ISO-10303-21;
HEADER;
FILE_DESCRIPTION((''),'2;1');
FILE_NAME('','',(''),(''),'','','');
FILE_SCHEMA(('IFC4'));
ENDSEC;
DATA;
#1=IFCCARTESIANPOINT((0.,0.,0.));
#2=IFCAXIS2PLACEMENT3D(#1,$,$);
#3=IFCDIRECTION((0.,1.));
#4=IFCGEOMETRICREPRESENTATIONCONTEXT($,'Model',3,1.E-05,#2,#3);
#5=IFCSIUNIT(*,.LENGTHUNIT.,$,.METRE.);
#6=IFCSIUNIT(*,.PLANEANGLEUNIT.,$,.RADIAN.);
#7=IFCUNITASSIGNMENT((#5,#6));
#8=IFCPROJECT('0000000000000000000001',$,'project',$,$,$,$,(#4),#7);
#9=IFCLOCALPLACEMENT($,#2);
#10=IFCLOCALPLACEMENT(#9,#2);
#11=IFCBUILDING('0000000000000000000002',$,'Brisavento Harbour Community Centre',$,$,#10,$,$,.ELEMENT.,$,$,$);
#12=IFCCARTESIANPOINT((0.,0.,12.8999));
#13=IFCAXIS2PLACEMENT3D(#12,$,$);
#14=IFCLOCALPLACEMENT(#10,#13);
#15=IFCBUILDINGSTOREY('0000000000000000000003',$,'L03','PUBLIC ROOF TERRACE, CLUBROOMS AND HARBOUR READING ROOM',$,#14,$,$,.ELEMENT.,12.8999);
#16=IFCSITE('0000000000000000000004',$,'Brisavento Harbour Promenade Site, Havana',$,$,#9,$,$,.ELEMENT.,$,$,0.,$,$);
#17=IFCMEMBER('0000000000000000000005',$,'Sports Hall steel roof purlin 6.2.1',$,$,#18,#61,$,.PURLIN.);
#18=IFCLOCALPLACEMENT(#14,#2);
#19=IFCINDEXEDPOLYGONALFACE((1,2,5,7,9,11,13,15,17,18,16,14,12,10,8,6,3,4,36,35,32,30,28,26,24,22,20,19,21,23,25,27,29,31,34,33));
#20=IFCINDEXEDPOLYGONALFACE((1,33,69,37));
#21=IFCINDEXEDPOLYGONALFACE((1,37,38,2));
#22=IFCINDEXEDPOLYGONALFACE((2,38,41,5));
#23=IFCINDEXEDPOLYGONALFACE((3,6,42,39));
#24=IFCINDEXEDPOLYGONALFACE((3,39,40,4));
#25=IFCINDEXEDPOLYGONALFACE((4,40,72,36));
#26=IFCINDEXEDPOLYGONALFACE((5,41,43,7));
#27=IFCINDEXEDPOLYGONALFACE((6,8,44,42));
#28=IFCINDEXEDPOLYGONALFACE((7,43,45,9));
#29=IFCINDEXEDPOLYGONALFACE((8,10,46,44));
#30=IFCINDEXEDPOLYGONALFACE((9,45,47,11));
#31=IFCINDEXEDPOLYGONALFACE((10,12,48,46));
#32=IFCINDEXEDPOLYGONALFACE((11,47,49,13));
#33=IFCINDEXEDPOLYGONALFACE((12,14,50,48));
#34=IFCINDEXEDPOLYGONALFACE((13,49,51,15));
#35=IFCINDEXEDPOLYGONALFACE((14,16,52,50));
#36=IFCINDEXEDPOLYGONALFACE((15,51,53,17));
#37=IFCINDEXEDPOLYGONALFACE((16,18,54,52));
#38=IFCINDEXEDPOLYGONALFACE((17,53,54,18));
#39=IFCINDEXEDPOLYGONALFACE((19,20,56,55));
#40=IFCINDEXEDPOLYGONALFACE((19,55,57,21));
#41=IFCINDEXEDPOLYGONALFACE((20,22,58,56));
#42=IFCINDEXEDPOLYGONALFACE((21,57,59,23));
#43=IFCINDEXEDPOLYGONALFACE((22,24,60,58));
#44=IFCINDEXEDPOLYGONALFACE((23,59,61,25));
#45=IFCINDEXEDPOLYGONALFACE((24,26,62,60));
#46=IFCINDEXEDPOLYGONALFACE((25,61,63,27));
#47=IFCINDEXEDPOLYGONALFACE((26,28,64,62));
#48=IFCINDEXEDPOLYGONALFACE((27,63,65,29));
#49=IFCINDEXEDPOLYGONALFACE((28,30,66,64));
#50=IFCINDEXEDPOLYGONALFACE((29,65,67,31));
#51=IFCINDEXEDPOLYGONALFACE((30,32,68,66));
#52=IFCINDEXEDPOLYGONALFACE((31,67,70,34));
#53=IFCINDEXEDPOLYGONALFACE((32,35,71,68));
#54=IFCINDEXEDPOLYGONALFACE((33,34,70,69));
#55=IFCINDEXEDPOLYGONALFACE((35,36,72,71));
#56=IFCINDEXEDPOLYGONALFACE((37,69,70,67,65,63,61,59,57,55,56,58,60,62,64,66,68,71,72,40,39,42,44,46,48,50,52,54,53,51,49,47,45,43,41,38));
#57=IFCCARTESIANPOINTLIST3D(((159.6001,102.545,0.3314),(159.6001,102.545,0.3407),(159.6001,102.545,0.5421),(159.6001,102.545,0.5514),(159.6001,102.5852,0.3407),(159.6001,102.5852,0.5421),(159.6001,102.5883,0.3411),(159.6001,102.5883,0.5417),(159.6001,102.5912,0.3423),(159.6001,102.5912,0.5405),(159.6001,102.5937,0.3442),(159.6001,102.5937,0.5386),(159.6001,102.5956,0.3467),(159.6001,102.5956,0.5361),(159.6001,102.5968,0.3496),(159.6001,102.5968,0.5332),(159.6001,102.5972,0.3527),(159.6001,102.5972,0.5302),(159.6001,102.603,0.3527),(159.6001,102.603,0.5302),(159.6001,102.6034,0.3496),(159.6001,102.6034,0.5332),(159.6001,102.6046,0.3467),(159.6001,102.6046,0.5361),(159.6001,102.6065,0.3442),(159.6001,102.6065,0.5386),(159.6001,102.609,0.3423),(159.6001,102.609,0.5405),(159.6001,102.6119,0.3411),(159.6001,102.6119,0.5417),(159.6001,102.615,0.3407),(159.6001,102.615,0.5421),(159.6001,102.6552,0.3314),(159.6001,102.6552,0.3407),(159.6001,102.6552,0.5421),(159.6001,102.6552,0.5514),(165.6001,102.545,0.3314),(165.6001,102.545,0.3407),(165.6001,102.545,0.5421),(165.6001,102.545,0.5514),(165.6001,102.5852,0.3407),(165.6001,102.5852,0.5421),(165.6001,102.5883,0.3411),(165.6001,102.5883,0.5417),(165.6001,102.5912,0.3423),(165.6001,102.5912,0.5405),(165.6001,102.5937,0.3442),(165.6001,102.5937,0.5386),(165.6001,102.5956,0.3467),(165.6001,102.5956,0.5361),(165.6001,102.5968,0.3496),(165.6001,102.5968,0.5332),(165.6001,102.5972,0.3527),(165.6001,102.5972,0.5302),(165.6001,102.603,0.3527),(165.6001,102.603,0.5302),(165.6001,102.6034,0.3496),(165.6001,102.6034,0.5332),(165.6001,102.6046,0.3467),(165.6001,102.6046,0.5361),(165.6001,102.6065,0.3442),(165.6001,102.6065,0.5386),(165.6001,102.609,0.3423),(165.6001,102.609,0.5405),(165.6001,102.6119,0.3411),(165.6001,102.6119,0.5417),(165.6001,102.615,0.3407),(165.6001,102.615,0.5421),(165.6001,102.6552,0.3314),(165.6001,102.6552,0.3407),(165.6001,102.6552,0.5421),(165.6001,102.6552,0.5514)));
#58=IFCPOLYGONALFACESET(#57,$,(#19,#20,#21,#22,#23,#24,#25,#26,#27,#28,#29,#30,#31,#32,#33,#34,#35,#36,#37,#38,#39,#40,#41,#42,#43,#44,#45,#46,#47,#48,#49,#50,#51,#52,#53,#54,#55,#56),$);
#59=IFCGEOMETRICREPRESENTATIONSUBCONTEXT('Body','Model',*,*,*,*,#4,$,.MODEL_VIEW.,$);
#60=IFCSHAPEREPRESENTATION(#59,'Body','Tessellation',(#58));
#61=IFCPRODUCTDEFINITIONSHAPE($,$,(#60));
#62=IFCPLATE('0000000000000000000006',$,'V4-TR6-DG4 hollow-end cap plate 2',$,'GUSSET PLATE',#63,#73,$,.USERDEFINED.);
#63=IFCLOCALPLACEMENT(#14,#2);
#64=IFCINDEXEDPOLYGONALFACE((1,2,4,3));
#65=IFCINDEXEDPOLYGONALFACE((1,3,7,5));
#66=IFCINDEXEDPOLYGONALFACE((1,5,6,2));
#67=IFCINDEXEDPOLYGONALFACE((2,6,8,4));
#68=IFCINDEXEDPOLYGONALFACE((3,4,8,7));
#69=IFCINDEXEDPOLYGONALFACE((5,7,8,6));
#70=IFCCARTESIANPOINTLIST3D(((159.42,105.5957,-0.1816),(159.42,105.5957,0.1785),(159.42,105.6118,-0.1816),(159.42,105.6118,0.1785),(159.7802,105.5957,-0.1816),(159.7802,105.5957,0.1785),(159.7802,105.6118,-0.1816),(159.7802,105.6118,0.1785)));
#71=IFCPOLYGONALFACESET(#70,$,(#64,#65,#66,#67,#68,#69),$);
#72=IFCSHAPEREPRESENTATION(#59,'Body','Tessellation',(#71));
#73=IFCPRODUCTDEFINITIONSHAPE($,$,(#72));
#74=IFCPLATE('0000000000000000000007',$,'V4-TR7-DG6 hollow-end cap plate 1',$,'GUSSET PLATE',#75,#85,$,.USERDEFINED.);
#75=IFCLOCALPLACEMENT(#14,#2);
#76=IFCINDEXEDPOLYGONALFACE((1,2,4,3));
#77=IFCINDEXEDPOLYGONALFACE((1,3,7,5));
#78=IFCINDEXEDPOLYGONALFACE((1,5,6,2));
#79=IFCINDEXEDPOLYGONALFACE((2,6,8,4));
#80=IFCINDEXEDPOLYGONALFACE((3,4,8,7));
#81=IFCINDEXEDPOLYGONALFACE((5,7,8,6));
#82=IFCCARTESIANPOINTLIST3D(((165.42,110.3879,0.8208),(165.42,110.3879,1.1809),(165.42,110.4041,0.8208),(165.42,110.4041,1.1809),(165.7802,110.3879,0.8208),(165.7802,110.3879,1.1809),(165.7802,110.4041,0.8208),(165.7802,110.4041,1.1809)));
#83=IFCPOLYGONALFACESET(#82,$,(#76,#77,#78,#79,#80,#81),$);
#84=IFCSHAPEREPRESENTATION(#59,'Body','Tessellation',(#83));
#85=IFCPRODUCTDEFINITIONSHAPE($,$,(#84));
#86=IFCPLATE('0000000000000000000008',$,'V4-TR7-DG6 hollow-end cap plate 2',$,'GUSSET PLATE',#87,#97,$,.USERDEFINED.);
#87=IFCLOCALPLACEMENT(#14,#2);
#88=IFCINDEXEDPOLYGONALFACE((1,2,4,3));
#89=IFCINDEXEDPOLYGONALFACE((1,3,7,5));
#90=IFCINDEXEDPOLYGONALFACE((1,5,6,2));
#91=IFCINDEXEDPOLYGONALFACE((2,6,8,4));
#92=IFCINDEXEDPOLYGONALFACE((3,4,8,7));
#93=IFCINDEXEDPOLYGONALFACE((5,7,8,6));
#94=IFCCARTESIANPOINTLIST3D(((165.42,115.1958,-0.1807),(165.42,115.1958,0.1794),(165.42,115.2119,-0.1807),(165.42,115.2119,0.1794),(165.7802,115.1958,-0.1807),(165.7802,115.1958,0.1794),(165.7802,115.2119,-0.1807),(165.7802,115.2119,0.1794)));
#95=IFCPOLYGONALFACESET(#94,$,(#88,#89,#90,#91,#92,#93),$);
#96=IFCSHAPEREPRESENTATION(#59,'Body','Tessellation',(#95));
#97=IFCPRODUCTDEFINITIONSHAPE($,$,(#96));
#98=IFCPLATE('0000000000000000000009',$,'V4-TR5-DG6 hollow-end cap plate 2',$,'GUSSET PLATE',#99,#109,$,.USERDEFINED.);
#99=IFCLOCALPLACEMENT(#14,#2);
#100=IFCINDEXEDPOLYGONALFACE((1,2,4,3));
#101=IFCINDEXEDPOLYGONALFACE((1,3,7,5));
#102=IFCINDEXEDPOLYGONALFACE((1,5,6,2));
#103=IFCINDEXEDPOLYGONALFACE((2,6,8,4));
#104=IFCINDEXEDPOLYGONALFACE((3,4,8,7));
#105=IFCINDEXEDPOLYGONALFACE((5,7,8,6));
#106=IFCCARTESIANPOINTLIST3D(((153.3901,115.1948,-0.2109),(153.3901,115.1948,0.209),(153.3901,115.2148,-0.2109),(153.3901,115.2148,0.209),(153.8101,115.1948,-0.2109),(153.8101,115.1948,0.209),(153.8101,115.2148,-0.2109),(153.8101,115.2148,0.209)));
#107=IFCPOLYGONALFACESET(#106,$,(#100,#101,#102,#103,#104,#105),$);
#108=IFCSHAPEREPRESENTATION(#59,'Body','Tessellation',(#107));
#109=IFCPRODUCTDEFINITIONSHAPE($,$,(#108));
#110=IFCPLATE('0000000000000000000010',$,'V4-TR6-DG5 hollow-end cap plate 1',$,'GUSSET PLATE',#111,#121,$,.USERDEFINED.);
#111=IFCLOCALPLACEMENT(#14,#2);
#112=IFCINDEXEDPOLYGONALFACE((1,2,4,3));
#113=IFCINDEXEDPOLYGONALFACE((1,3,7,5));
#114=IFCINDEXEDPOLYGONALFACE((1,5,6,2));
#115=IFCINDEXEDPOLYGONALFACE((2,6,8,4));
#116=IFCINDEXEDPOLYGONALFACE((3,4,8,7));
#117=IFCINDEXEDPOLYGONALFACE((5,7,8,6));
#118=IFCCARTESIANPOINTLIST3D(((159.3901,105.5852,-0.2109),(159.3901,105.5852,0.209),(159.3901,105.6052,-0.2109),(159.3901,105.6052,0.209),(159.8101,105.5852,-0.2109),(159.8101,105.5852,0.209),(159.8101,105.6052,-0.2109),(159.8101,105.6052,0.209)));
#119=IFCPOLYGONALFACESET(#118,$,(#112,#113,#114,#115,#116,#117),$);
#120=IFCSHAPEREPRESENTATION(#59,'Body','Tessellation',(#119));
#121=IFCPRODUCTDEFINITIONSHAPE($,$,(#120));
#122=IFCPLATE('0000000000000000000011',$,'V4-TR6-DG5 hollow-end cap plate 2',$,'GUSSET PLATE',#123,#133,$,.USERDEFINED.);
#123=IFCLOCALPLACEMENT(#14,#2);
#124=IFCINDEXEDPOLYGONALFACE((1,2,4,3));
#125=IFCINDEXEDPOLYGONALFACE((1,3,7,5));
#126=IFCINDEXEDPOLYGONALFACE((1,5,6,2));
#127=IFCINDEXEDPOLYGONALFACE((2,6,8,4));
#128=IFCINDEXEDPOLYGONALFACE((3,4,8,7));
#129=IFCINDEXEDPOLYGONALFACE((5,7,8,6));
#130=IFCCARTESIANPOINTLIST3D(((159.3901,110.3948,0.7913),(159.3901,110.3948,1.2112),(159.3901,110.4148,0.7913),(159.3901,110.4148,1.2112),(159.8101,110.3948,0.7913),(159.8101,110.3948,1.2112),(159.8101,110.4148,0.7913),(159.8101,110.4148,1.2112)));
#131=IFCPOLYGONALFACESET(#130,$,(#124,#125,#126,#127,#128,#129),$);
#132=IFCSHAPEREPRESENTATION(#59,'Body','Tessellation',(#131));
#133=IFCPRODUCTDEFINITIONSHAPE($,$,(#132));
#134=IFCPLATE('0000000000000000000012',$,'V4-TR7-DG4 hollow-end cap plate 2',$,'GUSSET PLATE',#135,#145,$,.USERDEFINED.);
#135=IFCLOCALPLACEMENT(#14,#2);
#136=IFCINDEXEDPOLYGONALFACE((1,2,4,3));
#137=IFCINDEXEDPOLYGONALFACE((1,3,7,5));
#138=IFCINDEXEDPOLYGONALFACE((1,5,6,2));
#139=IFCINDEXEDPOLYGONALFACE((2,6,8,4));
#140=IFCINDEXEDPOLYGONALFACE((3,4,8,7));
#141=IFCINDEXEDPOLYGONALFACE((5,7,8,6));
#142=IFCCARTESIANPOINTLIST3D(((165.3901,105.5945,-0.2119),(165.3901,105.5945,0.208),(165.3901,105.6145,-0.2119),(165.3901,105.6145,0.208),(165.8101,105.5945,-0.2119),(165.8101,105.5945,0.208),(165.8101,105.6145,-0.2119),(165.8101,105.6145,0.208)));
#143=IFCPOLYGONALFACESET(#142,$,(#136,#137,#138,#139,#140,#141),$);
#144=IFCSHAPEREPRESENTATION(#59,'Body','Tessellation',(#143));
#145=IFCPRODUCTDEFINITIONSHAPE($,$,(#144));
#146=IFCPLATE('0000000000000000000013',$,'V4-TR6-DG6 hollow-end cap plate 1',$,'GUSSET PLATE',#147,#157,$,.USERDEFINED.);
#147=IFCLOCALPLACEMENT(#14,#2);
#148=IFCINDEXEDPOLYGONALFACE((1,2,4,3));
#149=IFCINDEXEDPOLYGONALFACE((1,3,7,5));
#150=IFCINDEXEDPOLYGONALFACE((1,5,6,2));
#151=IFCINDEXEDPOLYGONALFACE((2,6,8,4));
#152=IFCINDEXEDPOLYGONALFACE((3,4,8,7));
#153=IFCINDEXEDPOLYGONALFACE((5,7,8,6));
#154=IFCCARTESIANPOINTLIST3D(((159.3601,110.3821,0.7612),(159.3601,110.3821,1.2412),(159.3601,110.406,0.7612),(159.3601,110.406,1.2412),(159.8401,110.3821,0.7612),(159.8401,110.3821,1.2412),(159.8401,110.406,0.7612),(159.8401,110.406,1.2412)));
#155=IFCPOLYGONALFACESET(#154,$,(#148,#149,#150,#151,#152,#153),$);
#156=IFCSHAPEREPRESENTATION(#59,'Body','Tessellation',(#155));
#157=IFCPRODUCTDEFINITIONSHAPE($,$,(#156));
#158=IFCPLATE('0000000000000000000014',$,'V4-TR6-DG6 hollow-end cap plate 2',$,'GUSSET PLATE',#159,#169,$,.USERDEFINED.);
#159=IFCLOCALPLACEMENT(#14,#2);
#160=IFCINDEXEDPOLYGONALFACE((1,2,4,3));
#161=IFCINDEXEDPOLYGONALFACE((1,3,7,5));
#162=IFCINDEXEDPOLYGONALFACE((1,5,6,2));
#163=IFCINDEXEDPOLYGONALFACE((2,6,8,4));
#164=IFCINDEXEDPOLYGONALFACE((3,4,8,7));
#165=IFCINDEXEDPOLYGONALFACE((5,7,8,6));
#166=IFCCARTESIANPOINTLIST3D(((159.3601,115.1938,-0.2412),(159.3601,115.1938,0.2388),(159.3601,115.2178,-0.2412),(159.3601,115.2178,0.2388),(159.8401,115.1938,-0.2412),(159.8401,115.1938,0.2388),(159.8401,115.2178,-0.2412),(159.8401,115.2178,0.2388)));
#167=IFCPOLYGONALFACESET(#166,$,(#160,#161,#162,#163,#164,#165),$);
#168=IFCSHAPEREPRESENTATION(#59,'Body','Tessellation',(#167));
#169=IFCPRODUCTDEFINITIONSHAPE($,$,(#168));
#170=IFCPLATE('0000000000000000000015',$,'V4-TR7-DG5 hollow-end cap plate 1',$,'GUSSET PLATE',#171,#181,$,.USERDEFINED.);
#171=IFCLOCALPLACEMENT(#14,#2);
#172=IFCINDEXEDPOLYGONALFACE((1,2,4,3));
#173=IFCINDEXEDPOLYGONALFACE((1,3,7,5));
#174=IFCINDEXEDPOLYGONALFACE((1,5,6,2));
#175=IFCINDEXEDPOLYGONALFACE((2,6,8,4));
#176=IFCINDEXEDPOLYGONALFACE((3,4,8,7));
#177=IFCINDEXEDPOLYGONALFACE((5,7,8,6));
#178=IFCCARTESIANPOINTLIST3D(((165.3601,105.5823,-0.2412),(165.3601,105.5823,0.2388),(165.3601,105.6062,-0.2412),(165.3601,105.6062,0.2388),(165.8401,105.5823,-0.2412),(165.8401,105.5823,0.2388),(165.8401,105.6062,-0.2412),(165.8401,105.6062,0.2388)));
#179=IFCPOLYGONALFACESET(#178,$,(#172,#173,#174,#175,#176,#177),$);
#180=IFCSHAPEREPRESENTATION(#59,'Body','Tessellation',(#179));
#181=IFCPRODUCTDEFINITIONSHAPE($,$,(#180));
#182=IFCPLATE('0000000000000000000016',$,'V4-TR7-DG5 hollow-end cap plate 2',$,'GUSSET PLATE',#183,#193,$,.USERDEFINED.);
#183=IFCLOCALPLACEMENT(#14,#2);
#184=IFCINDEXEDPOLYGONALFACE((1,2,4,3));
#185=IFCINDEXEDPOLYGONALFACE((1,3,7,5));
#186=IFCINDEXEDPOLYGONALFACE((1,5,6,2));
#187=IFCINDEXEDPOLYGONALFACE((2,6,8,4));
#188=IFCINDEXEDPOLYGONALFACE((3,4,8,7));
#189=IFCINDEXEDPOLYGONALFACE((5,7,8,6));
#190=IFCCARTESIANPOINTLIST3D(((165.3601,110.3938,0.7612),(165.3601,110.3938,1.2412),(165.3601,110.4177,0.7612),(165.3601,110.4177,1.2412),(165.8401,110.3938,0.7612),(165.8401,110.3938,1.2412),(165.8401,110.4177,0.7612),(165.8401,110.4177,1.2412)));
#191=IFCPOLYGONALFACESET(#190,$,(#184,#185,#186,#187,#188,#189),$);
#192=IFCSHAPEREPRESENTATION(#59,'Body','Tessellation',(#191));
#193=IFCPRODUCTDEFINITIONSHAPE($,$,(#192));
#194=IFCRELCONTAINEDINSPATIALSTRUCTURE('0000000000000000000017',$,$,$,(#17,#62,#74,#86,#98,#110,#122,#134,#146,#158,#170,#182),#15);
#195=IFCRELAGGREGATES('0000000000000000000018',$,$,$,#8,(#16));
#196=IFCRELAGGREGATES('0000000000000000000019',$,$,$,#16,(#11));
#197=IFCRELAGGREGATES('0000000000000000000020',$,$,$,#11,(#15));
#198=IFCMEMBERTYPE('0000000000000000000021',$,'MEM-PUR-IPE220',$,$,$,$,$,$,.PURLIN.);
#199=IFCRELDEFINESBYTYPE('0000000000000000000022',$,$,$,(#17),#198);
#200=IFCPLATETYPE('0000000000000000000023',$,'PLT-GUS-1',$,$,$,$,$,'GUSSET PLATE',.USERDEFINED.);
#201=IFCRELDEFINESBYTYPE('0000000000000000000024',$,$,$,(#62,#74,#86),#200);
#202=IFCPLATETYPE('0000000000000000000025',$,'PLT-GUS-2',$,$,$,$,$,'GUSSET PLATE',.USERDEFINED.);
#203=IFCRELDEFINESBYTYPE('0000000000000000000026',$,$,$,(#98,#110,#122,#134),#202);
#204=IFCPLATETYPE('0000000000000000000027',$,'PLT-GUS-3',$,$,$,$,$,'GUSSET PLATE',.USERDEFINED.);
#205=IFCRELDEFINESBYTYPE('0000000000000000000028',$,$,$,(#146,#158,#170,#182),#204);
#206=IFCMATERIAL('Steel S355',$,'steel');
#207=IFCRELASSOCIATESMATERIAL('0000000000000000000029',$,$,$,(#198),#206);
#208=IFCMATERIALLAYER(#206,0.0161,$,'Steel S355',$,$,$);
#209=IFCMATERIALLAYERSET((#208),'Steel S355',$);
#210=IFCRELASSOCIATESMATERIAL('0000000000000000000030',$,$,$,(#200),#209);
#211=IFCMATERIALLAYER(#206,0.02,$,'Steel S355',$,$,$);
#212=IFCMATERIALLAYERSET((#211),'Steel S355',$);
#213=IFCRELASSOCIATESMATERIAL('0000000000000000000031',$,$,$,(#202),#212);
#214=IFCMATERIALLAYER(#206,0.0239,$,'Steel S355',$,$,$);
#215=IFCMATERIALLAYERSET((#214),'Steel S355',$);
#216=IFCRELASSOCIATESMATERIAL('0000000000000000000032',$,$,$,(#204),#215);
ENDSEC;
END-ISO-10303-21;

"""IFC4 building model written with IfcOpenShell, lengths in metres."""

from ifc_helpers import new_model, si_unit, direction, frame, origin, origin_2d, place, context, subcontext, project, spatial, rectangle, i_section, extrude, material, layer, layer_set, material_profile, profile_set, type_object, element, save


model = new_model("IFC4")

# Units and contexts
model_context = context("Model", 3, precision=1e-05, world=origin(), true_north=direction((0.0, 1.0)))
body_context = subcontext(model_context, "Body", "Model", "MODEL_VIEW")
ifc_project = project(units=[si_unit("LENGTHUNIT", "METRE"), si_unit("PLANEANGLEUNIT", "RADIAN")], contexts=[model_context])

# Site, building, storey
site_placement = place(None, origin())
site = spatial("IfcSite", under=ifc_project, at=site_placement, Name="Brisavento Harbour Promenade Site, Havana", CompositionType="ELEMENT", RefElevation=0.0)
building_placement = place(site_placement, origin())
building = spatial("IfcBuilding", under=site, at=building_placement, Name="Brisavento Harbour Community Centre", CompositionType="ELEMENT")
storey_placement = place(building_placement, frame((0.0, 0.0, 12.8999)))
storey = spatial("IfcBuildingStorey", under=building, at=storey_placement, Name="L03", Description="PUBLIC ROOF TERRACE, CLUBROOMS AND HARBOUR READING ROOM", CompositionType="ELEMENT", Elevation=12.8999)

# Member
ifc_material = material(Name="Steel S355", Category="steel")
ifc_material_profile_1 = material_profile(ifc_material, i_section(OverallWidth=0.1101, OverallDepth=0.22, WebThickness=0.0059, FlangeThickness=0.0093, FilletRadius=0.012, at=origin_2d()), Name="Steel S355")
ifc_profile_set_1 = profile_set([ifc_material_profile_1], Name="Steel S355")
member_type_1 = type_object("IfcMemberType", Name="MEM-PUR-IPE220", PredefinedType="PURLIN", material=ifc_profile_set_1)
member_1_placement = place(storey_placement, frame((159.6001, 102.6001, 0.4414), z_axis=(1.0, 0.0, 0.0), x_axis=(0.0, 1.0, 0.0)))
element("IfcMember", 1, at=member_1_placement, inside=storey, type_object=member_type_1, Name="Sports Hall steel roof purlin 6.2.1", PredefinedType="PURLIN", context=body_context, shape_type="SweptSolid", body=[
    extrude(i_section(OverallWidth=0.1101, OverallDepth=0.22, WebThickness=0.0059, FlangeThickness=0.0093, FilletRadius=0.012, at=origin_2d()), origin(), (0.0, 0.0, 1.0), 6.0),
])

# Plates
ifc_layer_1 = layer(ifc_material, 0.0161, Name="Steel S355")
ifc_layer_set_1 = layer_set([ifc_layer_1], Name="Steel S355")
plate_type_1 = type_object("IfcPlateType", Name="PLT-GUS-1", ElementType="GUSSET PLATE", PredefinedType="USERDEFINED", material=ifc_layer_set_1)
for number, where, z_axis, x_axis, name in (
    (2, (159.6001, 105.6038, -0.1816), (0.0, 0.0, 1.0), (0.0, 1.0, 0.0), "V4-TR6-DG4 hollow-end cap plate 2"),
    (3, (165.6001, 110.396, 0.8208), (0.0, 0.0, 1.0), (0.0, 1.0, 0.0), "V4-TR7-DG6 hollow-end cap plate 1"),
    (4, (165.6001, 115.2039, -0.1807), (0.0, 0.0, 1.0), (0.0, 1.0, 0.0), "V4-TR7-DG6 hollow-end cap plate 2"),
):
    element("IfcPlate", number, at=place(storey_placement, frame(where, z_axis=z_axis, x_axis=x_axis)), inside=storey, type_object=plate_type_1, Name=name, ObjectType="GUSSET PLATE", PredefinedType="USERDEFINED", context=body_context, shape_type="SweptSolid", body=[
        extrude(rectangle(XDim=0.0161, YDim=0.3601, at=origin_2d()), origin(), (0.0, 0.0, 1.0), 0.3601),
    ])
ifc_layer_2 = layer(ifc_material, 0.02, Name="Steel S355")
ifc_layer_set_2 = layer_set([ifc_layer_2], Name="Steel S355")
plate_type_2 = type_object("IfcPlateType", Name="PLT-GUS-2", ElementType="GUSSET PLATE", PredefinedType="USERDEFINED", material=ifc_layer_set_2)
for number, where, z_axis, x_axis, name in (
    (5, (153.6001, 115.2048, -0.2109), (0.0, 0.0, 1.0), (0.0, 1.0, 0.0), "V4-TR5-DG6 hollow-end cap plate 2"),
    (6, (159.6001, 105.5952, -0.2109), (0.0, 0.0, 1.0), (0.0, 1.0, 0.0), "V4-TR6-DG5 hollow-end cap plate 1"),
    (7, (159.6001, 110.4048, 0.7913), (0.0, 0.0, 1.0), (0.0, 1.0, 0.0), "V4-TR6-DG5 hollow-end cap plate 2"),
    (8, (165.6001, 105.6045, -0.2119), (0.0, 0.0, 1.0), (0.0, 1.0, 0.0), "V4-TR7-DG4 hollow-end cap plate 2"),
):
    element("IfcPlate", number, at=place(storey_placement, frame(where, z_axis=z_axis, x_axis=x_axis)), inside=storey, type_object=plate_type_2, Name=name, ObjectType="GUSSET PLATE", PredefinedType="USERDEFINED", context=body_context, shape_type="SweptSolid", body=[
        extrude(rectangle(XDim=0.02, YDim=0.4199, at=origin_2d()), origin(), (0.0, 0.0, 1.0), 0.4199),
    ])
ifc_layer_3 = layer(ifc_material, 0.0239, Name="Steel S355")
ifc_layer_set_3 = layer_set([ifc_layer_3], Name="Steel S355")
plate_type_3 = type_object("IfcPlateType", Name="PLT-GUS-3", ElementType="GUSSET PLATE", PredefinedType="USERDEFINED", material=ifc_layer_set_3)
for number, where, z_axis, x_axis, name in (
    (9, (159.6001, 110.394, 0.7612), (0.0, 0.0, 1.0), (0.0, 1.0, 0.0), "V4-TR6-DG6 hollow-end cap plate 1"),
    (10, (159.6001, 115.2058, -0.2412), (0.0, 0.0, 1.0), (0.0, 1.0, 0.0), "V4-TR6-DG6 hollow-end cap plate 2"),
    (11, (165.6001, 105.5942, -0.2412), (0.0, 0.0, 1.0), (0.0, 1.0, 0.0), "V4-TR7-DG5 hollow-end cap plate 1"),
    (12, (165.6001, 110.4058, 0.7612), (0.0, 0.0, 1.0), (0.0, 1.0, 0.0), "V4-TR7-DG5 hollow-end cap plate 2"),
):
    element("IfcPlate", number, at=place(storey_placement, frame(where, z_axis=z_axis, x_axis=x_axis)), inside=storey, type_object=plate_type_3, Name=name, ObjectType="GUSSET PLATE", PredefinedType="USERDEFINED", context=body_context, shape_type="SweptSolid", body=[
        extrude(rectangle(XDim=0.0239, YDim=0.48, at=origin_2d()), origin(), (0.0, 0.0, 1.0), 0.48),
    ])

save(model, "model.ifc")
